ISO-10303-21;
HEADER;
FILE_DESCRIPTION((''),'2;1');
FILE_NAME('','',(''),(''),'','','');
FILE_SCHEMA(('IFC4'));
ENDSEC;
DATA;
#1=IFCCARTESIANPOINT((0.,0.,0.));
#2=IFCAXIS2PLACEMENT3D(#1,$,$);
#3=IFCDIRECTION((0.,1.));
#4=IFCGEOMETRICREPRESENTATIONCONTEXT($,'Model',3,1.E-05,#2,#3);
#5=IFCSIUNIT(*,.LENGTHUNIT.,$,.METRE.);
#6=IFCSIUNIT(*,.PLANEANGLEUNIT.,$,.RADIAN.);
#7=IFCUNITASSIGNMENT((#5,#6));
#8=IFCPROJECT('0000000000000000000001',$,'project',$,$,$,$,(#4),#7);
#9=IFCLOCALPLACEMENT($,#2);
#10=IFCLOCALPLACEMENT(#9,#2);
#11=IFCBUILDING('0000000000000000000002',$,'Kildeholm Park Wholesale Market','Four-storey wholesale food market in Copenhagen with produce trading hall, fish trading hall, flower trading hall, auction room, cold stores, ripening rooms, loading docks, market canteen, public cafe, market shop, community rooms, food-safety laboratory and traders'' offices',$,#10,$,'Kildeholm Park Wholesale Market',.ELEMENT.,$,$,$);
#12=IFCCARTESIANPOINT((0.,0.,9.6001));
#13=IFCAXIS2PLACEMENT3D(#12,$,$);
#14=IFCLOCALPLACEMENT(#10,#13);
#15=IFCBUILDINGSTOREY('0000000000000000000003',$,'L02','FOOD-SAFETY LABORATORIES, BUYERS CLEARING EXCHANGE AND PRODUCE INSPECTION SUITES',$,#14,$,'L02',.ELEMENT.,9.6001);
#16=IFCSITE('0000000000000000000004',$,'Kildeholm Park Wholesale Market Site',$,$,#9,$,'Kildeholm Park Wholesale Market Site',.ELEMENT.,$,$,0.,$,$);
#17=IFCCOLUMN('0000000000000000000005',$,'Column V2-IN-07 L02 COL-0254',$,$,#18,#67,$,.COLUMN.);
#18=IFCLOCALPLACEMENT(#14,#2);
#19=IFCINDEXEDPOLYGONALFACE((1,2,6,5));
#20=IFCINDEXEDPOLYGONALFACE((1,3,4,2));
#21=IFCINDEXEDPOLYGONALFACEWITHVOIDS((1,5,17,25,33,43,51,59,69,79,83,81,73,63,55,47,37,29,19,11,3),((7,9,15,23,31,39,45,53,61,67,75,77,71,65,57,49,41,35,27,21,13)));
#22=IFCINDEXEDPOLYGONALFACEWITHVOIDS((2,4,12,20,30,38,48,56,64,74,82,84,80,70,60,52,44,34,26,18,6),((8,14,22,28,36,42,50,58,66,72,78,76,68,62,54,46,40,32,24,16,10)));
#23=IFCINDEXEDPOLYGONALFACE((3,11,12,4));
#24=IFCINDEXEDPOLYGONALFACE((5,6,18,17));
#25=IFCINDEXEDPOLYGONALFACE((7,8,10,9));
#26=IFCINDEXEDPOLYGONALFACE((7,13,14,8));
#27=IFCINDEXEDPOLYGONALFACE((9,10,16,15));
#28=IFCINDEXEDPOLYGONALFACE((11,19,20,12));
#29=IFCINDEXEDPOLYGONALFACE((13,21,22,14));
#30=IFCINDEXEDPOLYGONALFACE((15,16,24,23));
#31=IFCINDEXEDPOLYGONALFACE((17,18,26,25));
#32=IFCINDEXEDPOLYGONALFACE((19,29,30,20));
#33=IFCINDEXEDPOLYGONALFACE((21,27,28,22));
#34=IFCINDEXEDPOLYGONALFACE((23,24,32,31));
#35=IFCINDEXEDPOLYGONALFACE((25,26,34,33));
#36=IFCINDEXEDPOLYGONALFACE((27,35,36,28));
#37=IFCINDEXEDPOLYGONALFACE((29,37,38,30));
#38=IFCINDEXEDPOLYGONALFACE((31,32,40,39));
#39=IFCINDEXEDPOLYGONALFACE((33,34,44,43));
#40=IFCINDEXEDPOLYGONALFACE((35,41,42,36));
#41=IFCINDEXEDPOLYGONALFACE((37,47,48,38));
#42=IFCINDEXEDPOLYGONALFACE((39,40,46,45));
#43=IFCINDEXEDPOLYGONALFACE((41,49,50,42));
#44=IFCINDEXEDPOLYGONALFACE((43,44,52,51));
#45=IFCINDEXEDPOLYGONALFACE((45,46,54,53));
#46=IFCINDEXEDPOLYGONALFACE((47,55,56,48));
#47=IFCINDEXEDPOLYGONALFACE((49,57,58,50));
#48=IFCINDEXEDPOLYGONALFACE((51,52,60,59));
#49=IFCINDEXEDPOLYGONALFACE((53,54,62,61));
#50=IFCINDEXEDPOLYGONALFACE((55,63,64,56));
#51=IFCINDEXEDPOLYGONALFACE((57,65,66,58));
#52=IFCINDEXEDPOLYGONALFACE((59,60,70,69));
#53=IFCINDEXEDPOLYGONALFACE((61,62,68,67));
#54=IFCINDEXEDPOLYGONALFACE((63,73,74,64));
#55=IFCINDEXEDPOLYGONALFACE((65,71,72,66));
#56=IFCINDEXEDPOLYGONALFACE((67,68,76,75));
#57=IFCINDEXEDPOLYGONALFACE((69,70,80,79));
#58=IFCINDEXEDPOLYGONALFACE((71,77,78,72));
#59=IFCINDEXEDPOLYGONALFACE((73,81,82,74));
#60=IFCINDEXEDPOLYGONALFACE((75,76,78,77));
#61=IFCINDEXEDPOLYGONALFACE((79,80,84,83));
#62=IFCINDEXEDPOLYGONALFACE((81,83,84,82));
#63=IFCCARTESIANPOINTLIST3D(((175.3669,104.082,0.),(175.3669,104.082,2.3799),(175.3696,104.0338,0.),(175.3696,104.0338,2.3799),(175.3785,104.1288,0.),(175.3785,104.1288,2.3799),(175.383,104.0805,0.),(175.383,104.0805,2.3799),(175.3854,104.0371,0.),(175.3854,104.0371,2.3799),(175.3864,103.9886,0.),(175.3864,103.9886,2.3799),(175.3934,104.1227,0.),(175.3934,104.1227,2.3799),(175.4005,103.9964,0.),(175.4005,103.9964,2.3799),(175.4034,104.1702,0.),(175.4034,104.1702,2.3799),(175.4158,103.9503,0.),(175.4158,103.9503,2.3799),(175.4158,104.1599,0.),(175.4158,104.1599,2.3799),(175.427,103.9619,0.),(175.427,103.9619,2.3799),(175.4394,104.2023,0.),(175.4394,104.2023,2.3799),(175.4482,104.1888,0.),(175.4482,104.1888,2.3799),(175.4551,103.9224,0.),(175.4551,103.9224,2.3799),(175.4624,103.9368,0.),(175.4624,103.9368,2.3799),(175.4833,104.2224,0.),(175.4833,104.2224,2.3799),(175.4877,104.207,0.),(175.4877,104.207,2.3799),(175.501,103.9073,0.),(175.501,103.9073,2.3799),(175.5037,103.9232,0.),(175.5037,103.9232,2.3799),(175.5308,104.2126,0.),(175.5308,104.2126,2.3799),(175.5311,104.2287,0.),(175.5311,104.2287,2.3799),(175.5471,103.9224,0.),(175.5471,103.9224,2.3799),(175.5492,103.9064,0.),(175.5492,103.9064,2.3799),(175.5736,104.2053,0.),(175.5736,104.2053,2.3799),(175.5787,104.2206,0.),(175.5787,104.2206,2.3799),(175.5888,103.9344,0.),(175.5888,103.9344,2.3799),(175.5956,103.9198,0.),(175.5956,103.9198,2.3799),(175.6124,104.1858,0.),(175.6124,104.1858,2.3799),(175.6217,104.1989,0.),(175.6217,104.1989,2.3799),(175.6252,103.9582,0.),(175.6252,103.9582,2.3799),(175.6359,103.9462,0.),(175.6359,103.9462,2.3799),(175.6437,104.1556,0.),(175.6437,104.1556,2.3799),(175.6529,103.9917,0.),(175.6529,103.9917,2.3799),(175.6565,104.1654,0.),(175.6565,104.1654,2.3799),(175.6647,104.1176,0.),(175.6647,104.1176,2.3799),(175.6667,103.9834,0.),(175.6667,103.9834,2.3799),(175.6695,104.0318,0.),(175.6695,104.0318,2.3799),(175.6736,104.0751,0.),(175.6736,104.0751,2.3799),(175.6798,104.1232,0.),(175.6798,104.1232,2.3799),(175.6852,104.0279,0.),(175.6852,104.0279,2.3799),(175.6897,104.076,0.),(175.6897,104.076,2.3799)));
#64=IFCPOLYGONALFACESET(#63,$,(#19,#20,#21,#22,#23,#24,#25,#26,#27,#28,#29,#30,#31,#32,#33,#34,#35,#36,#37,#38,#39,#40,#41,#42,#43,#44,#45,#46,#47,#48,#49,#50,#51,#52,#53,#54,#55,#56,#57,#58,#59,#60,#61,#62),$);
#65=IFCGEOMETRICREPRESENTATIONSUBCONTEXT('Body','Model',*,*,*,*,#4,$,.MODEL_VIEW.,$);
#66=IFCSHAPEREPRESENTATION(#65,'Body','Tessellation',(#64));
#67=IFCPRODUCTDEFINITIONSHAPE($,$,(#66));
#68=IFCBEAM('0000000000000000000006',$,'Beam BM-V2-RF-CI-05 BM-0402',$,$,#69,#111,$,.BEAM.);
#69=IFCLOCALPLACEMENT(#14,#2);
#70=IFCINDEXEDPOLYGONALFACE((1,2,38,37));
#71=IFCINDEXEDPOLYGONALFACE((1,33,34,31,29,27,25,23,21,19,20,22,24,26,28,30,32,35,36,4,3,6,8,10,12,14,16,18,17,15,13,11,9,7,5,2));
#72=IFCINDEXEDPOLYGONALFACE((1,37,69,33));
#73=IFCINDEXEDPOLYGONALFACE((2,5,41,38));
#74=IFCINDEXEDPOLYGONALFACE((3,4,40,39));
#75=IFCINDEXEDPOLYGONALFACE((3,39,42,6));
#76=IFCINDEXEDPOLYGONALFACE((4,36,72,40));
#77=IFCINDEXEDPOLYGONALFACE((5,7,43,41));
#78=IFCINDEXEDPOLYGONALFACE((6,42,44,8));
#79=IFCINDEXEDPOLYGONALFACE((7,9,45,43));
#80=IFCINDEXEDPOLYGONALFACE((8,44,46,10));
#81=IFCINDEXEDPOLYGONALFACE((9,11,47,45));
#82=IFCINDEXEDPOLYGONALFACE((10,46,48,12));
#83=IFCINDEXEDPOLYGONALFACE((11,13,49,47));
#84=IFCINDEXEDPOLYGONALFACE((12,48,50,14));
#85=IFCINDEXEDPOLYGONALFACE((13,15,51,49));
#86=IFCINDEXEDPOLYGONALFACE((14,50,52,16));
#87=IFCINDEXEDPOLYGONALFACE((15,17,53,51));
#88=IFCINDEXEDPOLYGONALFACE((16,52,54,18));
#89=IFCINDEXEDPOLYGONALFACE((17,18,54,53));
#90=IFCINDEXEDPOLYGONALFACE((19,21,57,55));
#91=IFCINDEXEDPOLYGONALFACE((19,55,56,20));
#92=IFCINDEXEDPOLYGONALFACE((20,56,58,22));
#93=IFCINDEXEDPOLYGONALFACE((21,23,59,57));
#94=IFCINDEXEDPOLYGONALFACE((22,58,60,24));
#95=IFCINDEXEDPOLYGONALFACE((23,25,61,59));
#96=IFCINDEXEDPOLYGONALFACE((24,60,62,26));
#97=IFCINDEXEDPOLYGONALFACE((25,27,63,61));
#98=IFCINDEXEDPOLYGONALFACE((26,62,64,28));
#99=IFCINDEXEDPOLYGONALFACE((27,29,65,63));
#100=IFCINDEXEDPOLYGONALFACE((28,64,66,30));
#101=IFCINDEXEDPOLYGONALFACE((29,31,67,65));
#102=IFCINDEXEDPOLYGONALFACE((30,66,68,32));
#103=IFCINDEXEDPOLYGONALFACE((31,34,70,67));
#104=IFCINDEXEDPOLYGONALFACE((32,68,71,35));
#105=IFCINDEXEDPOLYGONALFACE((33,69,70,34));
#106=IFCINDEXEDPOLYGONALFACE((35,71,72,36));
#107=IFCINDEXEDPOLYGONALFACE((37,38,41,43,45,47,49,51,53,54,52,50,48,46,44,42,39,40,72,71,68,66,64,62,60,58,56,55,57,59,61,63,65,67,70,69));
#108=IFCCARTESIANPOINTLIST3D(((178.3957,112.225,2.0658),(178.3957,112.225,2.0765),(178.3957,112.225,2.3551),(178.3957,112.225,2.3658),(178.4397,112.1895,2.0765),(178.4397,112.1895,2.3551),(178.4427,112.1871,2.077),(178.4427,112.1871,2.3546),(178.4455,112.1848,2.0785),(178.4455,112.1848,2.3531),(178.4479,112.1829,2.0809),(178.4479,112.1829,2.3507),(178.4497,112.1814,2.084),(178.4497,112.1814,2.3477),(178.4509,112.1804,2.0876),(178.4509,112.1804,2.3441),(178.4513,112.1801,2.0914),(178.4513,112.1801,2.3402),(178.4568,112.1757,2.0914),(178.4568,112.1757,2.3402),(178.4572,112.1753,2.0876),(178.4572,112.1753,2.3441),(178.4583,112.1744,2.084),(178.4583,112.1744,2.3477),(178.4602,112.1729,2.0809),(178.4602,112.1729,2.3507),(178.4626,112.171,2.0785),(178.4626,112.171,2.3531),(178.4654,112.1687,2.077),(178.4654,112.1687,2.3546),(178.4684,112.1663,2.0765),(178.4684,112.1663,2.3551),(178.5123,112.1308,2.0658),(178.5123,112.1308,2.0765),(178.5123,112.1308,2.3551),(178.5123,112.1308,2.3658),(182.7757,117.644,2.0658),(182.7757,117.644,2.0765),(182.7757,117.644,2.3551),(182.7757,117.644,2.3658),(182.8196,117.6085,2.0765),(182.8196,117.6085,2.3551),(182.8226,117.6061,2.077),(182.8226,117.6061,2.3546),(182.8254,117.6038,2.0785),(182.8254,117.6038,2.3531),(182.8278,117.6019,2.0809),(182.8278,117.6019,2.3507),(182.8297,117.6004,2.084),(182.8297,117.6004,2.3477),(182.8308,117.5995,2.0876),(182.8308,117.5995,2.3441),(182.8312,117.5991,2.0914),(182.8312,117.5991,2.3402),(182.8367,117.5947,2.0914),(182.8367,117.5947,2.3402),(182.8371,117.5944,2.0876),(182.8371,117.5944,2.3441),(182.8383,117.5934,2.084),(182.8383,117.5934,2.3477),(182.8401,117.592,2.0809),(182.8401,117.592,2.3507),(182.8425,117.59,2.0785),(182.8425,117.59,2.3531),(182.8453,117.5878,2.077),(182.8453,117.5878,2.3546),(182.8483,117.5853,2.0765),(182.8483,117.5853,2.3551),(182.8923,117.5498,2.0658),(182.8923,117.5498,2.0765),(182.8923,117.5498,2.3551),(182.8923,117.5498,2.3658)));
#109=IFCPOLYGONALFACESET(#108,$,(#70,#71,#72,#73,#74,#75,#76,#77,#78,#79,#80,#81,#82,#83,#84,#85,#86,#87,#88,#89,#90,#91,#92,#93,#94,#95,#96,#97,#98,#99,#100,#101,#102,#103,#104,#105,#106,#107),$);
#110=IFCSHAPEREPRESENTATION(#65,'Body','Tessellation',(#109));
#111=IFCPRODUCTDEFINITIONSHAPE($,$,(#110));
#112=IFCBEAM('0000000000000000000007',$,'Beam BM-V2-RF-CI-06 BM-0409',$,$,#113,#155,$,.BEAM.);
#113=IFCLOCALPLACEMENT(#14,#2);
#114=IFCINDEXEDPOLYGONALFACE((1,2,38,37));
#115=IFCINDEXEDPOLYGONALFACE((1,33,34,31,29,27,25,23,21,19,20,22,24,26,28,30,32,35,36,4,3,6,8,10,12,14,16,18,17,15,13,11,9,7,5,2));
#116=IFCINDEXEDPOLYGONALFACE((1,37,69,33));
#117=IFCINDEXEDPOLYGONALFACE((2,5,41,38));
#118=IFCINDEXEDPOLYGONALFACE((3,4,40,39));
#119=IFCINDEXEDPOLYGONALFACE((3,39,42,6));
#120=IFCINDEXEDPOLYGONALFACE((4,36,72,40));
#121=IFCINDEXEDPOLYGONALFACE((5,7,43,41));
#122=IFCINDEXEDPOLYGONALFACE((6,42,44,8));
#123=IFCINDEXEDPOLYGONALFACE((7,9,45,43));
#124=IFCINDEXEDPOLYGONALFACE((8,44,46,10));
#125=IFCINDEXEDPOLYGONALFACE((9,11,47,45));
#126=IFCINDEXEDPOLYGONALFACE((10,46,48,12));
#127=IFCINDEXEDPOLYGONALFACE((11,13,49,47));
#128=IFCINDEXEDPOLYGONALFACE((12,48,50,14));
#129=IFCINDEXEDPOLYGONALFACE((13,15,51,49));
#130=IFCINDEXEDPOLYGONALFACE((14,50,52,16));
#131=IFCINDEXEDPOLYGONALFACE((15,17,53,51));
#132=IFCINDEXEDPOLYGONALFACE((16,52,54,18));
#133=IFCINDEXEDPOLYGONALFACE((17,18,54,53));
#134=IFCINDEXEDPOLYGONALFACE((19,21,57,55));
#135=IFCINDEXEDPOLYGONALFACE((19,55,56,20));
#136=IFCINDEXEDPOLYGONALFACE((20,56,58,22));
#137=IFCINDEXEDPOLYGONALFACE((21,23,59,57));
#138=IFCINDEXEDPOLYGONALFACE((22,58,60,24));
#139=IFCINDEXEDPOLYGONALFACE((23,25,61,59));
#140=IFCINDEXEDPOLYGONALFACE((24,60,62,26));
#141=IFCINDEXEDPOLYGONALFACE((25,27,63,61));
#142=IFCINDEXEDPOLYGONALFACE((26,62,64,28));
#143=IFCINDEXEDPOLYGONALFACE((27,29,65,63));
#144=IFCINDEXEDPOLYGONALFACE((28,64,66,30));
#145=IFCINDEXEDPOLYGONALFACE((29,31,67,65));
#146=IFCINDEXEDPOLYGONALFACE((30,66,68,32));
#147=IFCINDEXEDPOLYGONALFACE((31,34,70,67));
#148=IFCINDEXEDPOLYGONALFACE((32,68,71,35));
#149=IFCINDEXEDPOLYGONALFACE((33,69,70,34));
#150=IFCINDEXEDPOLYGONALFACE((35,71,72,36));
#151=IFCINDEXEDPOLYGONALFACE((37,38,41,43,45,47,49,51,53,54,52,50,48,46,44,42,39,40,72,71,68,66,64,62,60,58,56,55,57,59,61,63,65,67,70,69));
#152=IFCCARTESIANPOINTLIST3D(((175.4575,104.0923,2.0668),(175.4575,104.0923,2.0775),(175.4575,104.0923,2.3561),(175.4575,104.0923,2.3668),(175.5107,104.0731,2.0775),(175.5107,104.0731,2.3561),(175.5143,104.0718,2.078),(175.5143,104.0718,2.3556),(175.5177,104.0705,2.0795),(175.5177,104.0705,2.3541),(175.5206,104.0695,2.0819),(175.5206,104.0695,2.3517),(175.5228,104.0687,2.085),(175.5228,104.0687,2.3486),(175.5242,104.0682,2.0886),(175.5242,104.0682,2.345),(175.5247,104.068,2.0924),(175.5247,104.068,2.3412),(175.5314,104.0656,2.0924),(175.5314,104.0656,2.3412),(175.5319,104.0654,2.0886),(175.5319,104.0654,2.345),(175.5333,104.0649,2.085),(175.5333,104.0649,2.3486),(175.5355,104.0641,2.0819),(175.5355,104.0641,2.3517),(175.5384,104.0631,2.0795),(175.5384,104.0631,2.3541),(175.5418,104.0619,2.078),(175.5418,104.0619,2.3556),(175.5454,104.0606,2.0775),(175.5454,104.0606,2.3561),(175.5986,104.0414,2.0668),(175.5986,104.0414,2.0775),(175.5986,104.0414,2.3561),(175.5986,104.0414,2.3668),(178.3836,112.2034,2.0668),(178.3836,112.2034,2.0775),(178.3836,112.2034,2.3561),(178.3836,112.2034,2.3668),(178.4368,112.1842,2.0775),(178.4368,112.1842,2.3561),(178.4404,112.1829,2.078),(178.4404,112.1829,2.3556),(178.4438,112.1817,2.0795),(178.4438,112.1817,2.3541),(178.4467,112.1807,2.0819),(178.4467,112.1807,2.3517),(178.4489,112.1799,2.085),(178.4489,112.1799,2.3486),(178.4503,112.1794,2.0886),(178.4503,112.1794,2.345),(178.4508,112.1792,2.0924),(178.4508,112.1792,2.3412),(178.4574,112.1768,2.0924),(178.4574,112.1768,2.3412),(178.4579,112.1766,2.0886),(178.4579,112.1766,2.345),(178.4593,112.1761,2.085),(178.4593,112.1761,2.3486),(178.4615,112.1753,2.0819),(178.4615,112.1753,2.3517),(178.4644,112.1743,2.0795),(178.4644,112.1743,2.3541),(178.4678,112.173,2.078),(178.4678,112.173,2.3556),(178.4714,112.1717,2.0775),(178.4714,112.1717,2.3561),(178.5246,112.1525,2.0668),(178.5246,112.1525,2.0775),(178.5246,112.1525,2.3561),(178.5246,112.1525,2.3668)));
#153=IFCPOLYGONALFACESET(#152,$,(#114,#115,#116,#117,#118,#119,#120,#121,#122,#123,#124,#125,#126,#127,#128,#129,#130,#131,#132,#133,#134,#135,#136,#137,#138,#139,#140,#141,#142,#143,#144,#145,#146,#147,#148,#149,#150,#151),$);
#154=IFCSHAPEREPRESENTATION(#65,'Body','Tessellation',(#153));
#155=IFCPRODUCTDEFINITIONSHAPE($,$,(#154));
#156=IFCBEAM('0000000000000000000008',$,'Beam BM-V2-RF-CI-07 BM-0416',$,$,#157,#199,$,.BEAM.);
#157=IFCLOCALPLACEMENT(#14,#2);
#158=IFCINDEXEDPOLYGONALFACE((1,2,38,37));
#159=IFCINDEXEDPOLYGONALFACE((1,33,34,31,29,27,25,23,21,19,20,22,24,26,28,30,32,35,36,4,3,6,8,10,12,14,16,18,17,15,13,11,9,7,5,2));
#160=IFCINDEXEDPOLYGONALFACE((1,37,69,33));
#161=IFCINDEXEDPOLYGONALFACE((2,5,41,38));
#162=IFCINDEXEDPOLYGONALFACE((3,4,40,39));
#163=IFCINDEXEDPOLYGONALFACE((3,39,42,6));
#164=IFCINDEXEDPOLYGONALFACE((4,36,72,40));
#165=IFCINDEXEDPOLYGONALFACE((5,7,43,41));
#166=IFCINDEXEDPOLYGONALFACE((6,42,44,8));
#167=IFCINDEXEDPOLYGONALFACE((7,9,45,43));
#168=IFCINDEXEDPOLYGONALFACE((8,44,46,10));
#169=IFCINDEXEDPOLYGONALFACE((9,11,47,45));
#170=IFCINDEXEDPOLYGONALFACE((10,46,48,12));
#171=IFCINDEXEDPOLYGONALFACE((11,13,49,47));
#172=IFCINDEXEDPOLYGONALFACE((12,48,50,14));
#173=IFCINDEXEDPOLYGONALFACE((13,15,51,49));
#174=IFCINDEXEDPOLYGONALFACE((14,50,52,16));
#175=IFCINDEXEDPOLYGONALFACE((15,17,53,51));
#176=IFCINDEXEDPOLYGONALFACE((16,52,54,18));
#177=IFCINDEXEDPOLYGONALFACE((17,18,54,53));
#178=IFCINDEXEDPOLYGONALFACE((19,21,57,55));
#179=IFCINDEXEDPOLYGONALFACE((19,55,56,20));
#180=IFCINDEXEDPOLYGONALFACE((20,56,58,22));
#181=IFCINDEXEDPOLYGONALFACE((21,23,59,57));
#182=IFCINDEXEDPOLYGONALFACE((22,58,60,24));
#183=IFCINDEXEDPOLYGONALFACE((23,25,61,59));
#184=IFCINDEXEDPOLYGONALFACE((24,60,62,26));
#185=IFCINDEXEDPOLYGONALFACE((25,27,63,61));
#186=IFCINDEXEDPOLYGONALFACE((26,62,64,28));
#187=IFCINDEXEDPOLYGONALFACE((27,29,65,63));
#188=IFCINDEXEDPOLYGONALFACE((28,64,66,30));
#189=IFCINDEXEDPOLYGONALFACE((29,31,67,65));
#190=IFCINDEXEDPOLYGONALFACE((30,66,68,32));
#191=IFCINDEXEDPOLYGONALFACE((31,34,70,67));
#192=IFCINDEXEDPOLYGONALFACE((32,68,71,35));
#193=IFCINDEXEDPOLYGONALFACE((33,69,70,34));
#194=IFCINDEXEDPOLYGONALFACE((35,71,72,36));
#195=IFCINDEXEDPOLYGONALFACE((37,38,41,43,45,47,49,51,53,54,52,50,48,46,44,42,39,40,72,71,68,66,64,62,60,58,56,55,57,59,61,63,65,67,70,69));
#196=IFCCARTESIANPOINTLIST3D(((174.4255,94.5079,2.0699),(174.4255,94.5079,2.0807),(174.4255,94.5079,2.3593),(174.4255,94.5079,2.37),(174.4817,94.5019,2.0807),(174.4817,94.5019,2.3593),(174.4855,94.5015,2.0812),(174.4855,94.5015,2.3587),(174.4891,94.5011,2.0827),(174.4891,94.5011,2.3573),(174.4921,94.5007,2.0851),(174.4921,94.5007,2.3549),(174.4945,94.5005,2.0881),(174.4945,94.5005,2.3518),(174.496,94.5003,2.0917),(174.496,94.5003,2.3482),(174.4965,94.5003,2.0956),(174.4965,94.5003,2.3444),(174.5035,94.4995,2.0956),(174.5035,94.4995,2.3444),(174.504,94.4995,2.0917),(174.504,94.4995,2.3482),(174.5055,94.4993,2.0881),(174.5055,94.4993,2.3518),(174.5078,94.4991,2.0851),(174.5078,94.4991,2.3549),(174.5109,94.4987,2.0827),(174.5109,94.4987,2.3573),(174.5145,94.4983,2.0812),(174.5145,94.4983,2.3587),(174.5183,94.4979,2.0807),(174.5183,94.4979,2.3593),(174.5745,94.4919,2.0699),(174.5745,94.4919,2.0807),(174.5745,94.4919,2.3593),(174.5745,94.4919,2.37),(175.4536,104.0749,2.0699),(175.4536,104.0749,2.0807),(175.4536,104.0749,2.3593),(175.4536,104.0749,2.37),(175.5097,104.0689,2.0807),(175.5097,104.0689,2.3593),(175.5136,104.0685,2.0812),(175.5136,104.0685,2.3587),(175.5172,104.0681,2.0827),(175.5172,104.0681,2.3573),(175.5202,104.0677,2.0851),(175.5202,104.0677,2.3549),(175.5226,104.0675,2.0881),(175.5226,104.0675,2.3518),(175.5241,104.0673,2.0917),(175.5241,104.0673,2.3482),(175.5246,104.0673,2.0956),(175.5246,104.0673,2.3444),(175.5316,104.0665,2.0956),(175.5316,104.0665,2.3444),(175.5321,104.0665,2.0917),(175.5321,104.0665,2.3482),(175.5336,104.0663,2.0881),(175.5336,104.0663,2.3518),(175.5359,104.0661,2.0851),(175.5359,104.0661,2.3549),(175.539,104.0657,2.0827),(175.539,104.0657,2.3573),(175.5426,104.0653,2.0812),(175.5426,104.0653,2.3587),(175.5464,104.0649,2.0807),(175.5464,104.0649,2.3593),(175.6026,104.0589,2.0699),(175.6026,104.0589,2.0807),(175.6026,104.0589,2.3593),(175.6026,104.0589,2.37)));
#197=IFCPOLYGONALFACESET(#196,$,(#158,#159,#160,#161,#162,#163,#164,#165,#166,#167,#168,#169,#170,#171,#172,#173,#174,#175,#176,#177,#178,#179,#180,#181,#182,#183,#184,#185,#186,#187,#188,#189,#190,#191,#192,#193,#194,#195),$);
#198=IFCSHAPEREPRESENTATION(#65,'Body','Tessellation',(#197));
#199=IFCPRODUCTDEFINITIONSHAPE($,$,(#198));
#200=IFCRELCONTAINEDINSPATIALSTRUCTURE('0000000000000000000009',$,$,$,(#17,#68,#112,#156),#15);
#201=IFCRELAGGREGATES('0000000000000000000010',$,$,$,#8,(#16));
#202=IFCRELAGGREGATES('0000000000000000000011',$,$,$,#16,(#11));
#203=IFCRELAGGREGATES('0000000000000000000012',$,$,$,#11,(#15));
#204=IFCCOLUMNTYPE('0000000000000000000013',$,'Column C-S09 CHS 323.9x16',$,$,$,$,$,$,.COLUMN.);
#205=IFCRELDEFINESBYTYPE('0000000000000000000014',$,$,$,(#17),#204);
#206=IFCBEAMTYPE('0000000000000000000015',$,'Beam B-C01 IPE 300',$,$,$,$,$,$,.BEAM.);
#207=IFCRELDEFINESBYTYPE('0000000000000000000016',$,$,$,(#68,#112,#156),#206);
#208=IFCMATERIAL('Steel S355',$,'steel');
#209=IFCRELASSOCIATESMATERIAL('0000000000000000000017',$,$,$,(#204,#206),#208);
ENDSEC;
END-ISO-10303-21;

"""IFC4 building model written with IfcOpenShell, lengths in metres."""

from ifc_helpers import new_model, si_unit, direction, frame, origin, origin_2d, place, context, subcontext, project, spatial, hollow_circle, i_section, extrude, material, material_profile, profile_set, type_object, element, save


model = new_model("IFC4")

# Units and contexts
model_context = context("Model", 3, precision=1e-05, world=origin(), true_north=direction((0.0, 1.0)))
body_context = subcontext(model_context, "Body", "Model", "MODEL_VIEW")
ifc_project = project(units=[si_unit("LENGTHUNIT", "METRE"), si_unit("PLANEANGLEUNIT", "RADIAN")], contexts=[model_context])

# Site, building, storey
site_placement = place(None, origin())
site = spatial("IfcSite", under=ifc_project, at=site_placement, Name="Kildeholm Park Wholesale Market Site", LongName="Kildeholm Park Wholesale Market Site", CompositionType="ELEMENT", RefElevation=0.0)
building_placement = place(site_placement, origin())
building = spatial("IfcBuilding", under=site, at=building_placement, Name="Kildeholm Park Wholesale Market", Description="Four-storey wholesale food market in Copenhagen with produce trading hall, fish trading hall, flower trading hall, auction room, cold stores, ripening rooms, loading docks, market canteen, public cafe, market shop, community rooms, food-safety laboratory and traders' offices", LongName="Kildeholm Park Wholesale Market", CompositionType="ELEMENT")
storey_placement = place(building_placement, frame((0.0, 0.0, 9.6001)))
storey = spatial("IfcBuildingStorey", under=building, at=storey_placement, Name="L02", Description="FOOD-SAFETY LABORATORIES, BUYERS CLEARING EXCHANGE AND PRODUCE INSPECTION SUITES", LongName="L02", CompositionType="ELEMENT", Elevation=9.6001)

# Column
ifc_material_1 = material(Name="Steel S355", Category="steel")
ifc_material_profile_1 = material_profile(ifc_material_1, hollow_circle(Radius=0.1619, WallThickness=0.0161, at=origin_2d()), Name="CHS 323.9x16")
ifc_profile_set_1 = profile_set([ifc_material_profile_1], Name="Steel S355")
column_type = type_object("IfcColumnType", Name="Column C-S09 CHS 323.9x16", PredefinedType="COLUMN", material=ifc_profile_set_1)
for number, where, z_axis, x_axis, name in (
    (1, (175.5281, 104.0669, 0.0), (0.0, 0.0, 1.0), (-0.92388, 0.382683, 0.0), "Column V2-IN-07 L02 COL-0254"),
):
    element("IfcColumn", number, at=place(storey_placement, frame(where, z_axis=z_axis, x_axis=x_axis)), inside=storey, type_object=column_type, Name=name, PredefinedType="COLUMN", context=body_context, shape_type="SweptSolid", body=[
        extrude(hollow_circle(Radius=0.1619, WallThickness=0.0161, at=origin_2d()), origin(), (0.0, 0.0, 1.0), 2.3799),
    ])

# Beams
ifc_material_profile_2 = material_profile(ifc_material_1, i_section(OverallWidth=0.1499, OverallDepth=0.3, WebThickness=0.0071, FlangeThickness=0.0107, FilletRadius=0.0149, at=origin_2d()), Name="IPE 300")
ifc_profile_set_2 = profile_set([ifc_material_profile_2], Name="Steel S355")
beam_type_1 = type_object("IfcBeamType", Name="Beam B-C01 IPE 300", PredefinedType="BEAM", material=ifc_profile_set_2)
beam_1_placement = place(storey_placement, frame((182.834, 117.5969, 2.2158), z_axis=(-0.628601, -0.777728, 0.0), x_axis=(0.777728, -0.628601, 0.0)))
element("IfcBeam", 2, at=beam_1_placement, inside=storey, type_object=beam_type_1, Name="Beam BM-V2-RF-CI-05 BM-0402", PredefinedType="BEAM", context=body_context, shape_type="SweptSolid", body=[
    extrude(i_section(OverallWidth=0.1499, OverallDepth=0.3, WebThickness=0.0071, FlangeThickness=0.0107, FilletRadius=0.0149, at=origin_2d()), origin(), (0.0, 0.0, 1.0), 6.9678),
])
beam_2_placement = place(storey_placement, frame((178.4541, 112.178, 2.2168), z_axis=(-0.339339, -0.940664, 0.0), x_axis=(0.940664, -0.339339, 0.0)))
element("IfcBeam", 3, at=beam_2_placement, inside=storey, type_object=beam_type_1, Name="Beam BM-V2-RF-CI-06 BM-0409", PredefinedType="BEAM", context=body_context, shape_type="SweptSolid", body=[
    extrude(i_section(OverallWidth=0.1499, OverallDepth=0.3, WebThickness=0.0071, FlangeThickness=0.0107, FilletRadius=0.0149, at=origin_2d()), origin(), (0.0, 0.0, 1.0), 8.6228),
])
beam_3_placement = place(storey_placement, frame((175.5281, 104.0669, 2.22), z_axis=(-0.106847, -0.994276, 0.0), x_axis=(0.994276, -0.106847, 0.0)))
element("IfcBeam", 4, at=beam_3_placement, inside=storey, type_object=beam_type_1, Name="Beam BM-V2-RF-CI-07 BM-0416", PredefinedType="BEAM", context=body_context, shape_type="SweptSolid", body=[
    extrude(i_section(OverallWidth=0.1499, OverallDepth=0.3, WebThickness=0.0071, FlangeThickness=0.0107, FilletRadius=0.0149, at=origin_2d()), origin(), (0.0, 0.0, 1.0), 9.6221),
])

save(model, "model.ifc")
